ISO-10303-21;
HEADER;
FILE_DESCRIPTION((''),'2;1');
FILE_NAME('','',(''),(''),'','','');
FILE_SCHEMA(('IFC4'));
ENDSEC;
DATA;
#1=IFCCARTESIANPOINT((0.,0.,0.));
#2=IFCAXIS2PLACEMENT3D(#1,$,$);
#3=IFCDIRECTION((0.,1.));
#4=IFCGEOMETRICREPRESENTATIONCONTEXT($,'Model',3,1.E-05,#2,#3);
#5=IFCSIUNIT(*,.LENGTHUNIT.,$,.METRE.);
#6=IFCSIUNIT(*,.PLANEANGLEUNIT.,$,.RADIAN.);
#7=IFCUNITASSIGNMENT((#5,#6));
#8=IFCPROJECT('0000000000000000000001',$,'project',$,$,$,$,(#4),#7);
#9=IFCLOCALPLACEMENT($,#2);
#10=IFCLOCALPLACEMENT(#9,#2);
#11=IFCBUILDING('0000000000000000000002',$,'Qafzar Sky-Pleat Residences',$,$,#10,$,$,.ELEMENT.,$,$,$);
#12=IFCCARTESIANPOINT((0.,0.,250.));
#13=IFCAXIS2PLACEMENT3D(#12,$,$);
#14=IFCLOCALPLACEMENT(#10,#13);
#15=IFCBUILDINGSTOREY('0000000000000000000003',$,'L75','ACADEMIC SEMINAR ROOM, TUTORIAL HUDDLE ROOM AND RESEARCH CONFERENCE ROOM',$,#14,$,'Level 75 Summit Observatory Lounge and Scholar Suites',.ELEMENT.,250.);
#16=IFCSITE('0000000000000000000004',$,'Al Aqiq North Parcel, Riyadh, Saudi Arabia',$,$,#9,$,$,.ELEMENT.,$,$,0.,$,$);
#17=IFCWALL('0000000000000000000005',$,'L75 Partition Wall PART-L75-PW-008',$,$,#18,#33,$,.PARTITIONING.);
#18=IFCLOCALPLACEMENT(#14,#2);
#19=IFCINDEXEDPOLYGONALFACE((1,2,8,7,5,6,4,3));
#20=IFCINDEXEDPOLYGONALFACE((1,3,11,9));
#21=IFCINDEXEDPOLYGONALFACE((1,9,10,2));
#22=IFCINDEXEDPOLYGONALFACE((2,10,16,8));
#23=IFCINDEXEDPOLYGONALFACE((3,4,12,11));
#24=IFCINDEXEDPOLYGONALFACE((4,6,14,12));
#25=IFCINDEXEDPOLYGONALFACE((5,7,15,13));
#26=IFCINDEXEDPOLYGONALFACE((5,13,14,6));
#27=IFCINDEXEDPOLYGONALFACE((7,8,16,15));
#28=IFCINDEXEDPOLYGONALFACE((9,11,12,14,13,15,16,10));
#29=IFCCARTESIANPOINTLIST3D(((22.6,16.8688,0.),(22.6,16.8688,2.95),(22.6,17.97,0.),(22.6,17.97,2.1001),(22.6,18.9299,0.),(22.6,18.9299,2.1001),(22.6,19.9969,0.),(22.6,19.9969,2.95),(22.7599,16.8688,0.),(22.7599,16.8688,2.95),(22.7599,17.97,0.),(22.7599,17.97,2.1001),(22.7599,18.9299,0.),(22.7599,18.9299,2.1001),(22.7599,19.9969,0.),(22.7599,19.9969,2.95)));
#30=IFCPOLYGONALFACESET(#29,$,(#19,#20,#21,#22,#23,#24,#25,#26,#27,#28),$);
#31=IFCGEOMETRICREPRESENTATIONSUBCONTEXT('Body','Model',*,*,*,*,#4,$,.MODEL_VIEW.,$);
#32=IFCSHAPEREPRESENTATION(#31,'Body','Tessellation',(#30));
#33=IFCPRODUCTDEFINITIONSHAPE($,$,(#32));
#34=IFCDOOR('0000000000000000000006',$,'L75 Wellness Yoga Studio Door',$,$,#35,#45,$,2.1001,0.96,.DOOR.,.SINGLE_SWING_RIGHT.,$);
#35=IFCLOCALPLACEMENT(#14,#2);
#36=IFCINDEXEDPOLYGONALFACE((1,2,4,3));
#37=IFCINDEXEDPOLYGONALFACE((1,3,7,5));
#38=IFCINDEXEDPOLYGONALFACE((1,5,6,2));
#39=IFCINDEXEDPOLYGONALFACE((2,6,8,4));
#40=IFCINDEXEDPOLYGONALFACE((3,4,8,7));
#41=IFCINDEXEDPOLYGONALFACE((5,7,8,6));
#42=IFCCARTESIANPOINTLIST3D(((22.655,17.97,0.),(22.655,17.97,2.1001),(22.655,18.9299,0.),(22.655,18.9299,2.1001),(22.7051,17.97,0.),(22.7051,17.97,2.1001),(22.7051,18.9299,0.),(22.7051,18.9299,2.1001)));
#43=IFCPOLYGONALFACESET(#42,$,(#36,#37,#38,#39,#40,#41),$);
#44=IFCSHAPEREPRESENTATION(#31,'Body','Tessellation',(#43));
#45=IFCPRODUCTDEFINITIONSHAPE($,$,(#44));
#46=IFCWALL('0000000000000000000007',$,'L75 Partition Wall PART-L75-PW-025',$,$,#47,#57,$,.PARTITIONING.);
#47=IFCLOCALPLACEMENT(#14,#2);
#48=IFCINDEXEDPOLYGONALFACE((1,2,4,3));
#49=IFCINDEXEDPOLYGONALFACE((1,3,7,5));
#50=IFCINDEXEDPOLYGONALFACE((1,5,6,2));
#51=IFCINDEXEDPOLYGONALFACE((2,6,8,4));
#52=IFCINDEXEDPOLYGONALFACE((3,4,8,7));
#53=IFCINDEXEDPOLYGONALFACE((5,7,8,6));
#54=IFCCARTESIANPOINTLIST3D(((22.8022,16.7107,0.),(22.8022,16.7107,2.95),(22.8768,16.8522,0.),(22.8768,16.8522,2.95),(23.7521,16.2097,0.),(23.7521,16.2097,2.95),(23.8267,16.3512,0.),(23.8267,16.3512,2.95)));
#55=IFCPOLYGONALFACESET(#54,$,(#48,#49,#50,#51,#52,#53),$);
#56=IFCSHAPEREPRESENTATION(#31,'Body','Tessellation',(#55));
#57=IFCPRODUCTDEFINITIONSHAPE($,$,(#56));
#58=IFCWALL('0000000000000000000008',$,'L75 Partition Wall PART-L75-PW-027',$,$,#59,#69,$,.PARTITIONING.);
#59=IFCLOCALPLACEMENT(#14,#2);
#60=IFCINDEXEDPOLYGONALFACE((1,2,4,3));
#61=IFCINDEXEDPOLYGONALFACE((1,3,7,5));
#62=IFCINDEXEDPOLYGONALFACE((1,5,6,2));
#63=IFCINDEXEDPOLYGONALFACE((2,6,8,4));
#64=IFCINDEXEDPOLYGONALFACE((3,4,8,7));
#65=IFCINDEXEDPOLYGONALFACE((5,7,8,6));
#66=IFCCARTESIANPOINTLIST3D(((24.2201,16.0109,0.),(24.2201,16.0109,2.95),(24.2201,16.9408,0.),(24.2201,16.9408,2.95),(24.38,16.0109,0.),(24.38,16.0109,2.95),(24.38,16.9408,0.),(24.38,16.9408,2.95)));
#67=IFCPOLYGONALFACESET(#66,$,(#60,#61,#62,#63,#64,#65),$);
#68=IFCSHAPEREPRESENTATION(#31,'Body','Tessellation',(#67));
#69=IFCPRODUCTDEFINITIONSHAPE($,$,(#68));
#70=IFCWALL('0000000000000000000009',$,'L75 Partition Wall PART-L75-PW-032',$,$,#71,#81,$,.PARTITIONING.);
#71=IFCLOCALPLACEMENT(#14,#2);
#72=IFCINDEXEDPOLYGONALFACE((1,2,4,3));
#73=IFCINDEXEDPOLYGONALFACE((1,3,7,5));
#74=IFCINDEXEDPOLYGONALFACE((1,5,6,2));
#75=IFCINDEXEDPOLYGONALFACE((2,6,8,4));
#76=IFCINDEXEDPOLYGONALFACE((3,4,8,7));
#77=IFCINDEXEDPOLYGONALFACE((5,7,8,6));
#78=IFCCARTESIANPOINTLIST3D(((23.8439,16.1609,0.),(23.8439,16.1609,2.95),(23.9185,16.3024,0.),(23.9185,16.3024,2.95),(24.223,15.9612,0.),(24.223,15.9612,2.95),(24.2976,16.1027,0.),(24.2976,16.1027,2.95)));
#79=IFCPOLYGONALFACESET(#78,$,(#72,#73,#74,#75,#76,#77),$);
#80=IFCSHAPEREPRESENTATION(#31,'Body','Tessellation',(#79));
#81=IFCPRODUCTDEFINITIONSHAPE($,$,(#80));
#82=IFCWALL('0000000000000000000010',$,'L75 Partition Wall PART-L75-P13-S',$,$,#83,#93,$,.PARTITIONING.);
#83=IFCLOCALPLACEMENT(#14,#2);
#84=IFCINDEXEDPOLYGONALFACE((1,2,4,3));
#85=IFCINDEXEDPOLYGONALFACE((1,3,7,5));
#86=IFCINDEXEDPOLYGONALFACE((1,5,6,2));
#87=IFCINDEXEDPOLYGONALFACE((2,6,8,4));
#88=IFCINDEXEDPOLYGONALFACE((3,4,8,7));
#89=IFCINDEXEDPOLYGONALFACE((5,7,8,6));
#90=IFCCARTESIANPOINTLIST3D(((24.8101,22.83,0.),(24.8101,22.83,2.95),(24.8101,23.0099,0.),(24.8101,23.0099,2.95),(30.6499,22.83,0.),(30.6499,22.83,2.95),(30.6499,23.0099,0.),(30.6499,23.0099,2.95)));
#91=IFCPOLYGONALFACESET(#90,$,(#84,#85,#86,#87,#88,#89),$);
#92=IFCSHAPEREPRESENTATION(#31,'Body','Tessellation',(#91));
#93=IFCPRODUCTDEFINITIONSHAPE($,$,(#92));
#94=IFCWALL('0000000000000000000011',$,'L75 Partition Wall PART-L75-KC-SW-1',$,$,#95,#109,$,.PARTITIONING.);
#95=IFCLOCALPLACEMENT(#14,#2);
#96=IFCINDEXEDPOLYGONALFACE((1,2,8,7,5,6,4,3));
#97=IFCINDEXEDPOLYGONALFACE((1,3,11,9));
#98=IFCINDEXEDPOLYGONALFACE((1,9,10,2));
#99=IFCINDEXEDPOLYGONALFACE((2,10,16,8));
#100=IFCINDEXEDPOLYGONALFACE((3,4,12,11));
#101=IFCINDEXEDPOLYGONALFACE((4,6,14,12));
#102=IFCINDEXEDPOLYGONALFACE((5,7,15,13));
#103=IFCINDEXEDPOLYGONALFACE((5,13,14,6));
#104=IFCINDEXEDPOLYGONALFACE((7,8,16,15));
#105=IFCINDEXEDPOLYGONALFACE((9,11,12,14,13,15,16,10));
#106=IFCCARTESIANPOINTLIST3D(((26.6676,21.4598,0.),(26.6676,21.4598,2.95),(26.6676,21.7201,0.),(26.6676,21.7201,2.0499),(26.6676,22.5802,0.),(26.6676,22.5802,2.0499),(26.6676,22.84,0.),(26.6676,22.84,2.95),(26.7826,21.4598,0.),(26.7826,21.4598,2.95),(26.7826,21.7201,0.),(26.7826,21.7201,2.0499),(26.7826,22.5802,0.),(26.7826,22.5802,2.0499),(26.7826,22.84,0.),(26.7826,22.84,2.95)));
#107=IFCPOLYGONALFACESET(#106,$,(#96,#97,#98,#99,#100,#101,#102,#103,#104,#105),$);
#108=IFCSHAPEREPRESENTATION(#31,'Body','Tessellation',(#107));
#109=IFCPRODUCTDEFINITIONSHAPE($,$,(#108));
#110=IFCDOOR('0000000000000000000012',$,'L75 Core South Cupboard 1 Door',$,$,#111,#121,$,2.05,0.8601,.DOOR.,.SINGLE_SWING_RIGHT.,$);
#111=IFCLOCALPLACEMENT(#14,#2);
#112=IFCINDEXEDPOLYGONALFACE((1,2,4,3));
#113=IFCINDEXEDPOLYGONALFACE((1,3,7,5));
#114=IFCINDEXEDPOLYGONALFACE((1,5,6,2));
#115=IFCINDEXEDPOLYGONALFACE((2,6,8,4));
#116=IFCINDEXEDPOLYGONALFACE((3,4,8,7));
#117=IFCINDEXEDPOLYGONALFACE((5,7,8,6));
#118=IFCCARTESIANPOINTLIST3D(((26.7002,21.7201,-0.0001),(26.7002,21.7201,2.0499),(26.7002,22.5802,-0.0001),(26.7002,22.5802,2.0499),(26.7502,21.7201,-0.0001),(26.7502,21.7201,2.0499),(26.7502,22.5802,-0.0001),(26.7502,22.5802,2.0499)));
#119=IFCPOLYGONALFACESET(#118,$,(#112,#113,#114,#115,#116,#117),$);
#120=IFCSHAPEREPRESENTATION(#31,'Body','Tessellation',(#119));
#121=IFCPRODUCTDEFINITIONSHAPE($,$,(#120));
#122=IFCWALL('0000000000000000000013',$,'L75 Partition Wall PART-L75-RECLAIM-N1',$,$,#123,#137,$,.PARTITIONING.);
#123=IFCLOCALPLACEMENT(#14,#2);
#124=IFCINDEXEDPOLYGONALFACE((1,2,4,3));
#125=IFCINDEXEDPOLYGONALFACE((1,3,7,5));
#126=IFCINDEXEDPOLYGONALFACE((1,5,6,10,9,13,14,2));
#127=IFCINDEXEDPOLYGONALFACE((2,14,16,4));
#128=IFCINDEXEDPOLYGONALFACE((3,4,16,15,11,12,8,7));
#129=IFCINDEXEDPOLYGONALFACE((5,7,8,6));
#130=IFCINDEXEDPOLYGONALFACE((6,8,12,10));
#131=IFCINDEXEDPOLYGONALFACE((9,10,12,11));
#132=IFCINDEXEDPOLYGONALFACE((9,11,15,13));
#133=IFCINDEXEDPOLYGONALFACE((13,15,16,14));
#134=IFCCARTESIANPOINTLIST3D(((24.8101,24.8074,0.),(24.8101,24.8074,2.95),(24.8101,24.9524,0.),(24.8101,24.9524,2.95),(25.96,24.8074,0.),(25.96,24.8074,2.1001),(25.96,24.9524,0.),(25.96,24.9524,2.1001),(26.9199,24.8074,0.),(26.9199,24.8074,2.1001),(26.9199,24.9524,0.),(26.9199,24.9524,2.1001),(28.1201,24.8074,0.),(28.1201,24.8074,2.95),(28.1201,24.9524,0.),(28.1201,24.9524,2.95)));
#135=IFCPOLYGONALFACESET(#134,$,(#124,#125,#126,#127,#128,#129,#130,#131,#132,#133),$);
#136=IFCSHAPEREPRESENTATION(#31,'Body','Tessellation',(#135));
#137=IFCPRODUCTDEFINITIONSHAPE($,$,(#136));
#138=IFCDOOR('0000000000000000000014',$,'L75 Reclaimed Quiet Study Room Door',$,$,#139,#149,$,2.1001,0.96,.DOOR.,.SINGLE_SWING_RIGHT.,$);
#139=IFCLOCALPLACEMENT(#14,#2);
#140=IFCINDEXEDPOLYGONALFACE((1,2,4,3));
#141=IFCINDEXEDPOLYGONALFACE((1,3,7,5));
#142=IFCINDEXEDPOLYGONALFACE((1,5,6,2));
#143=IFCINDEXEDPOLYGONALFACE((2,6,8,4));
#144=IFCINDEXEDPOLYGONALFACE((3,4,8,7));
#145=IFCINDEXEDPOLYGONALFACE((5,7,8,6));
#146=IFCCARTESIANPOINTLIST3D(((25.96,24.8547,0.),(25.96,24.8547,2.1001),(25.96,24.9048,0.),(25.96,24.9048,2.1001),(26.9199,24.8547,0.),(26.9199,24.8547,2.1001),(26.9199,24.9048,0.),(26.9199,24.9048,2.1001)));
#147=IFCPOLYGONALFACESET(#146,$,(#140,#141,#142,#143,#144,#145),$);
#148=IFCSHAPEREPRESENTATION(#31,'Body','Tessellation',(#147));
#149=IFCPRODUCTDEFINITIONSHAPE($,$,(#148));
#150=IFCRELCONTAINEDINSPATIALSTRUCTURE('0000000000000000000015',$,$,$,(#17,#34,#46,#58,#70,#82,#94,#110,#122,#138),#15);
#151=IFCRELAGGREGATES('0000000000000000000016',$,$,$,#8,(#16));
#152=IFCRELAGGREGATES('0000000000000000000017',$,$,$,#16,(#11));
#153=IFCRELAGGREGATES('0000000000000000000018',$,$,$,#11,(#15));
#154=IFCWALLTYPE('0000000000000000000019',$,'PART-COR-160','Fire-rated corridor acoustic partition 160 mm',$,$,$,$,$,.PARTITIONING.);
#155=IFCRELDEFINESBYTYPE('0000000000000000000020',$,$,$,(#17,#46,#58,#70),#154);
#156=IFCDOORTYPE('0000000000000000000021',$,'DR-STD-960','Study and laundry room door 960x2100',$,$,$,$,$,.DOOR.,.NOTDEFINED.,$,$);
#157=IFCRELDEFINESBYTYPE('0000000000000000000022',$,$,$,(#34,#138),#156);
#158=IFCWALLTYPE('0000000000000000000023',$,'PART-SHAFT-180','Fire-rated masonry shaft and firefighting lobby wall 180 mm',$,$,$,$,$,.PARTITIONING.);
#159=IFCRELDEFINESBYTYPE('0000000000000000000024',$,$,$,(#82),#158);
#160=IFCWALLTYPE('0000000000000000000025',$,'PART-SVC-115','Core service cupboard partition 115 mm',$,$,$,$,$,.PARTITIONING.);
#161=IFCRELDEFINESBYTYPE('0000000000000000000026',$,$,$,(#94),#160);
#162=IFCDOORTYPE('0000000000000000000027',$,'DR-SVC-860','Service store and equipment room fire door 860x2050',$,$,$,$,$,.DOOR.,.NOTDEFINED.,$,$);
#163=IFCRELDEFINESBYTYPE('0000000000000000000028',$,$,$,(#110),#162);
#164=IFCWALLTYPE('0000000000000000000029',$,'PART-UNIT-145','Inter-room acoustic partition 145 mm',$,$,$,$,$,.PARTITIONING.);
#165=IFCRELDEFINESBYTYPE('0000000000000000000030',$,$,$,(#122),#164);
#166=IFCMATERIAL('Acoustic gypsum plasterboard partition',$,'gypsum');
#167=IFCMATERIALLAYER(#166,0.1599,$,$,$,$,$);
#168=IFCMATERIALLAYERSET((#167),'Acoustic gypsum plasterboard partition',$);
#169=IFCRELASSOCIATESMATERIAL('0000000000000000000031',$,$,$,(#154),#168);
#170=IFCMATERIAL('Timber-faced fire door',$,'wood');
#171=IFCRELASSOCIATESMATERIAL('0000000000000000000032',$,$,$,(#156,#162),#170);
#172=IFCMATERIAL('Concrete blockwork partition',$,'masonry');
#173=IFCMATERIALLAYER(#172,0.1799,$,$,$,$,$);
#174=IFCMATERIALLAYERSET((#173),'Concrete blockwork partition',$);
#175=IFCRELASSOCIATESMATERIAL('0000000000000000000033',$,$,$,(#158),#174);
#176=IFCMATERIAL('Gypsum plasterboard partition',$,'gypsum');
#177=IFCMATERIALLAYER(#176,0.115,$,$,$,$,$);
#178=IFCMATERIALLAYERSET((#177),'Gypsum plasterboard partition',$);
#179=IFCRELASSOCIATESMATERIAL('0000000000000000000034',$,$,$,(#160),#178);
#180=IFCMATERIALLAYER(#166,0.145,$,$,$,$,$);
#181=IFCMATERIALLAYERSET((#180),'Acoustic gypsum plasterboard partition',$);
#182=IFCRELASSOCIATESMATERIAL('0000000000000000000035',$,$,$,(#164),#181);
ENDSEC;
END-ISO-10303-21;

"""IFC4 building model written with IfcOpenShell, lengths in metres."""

from ifc_helpers import new_model, si_unit, direction, frame, frame_2d, origin, place, context, subcontext, project, spatial, rectangle, extrude, source, transform, mapped, material, layer, layer_set, type_object, element, fill, save


model = new_model("IFC4")

# Units and contexts
model_context = context("Model", 3, precision=1e-05, world=origin(), true_north=direction((0.0, 1.0)))
body_context = subcontext(model_context, "Body", "Model", "MODEL_VIEW")
ifc_project = project(units=[si_unit("LENGTHUNIT", "METRE"), si_unit("PLANEANGLEUNIT", "RADIAN")], contexts=[model_context])

# Site, building, storey
site_placement = place(None, origin())
site = spatial("IfcSite", under=ifc_project, at=site_placement, Name="Al Aqiq North Parcel, Riyadh, Saudi Arabia", CompositionType="ELEMENT", RefElevation=0.0)
building_placement = place(site_placement, origin())
building = spatial("IfcBuilding", under=site, at=building_placement, Name="Qafzar Sky-Pleat Residences", CompositionType="ELEMENT")
storey_placement = place(building_placement, frame((0.0, 0.0, 250.0)))
storey = spatial("IfcBuildingStorey", under=building, at=storey_placement, Name="L75", Description="ACADEMIC SEMINAR ROOM, TUTORIAL HUDDLE ROOM AND RESEARCH CONFERENCE ROOM", LongName="Level 75 Summit Observatory Lounge and Scholar Suites", CompositionType="ELEMENT", Elevation=250.0)

# Wall, opening, door
ifc_material_1 = material(Name="Acoustic gypsum plasterboard partition", Category="gypsum")
ifc_layer_1 = layer(ifc_material_1, 0.1599)
ifc_layer_set_1 = layer_set([ifc_layer_1], Name="Acoustic gypsum plasterboard partition")
wall_type_1 = type_object("IfcWallType", Name="PART-COR-160", Description="Fire-rated corridor acoustic partition 160 mm", PredefinedType="PARTITIONING", material=ifc_layer_set_1)
ifc_material_2 = material(Name="Timber-faced fire door", Category="wood")
wall_1_placement = place(storey_placement, frame((22.6799, 16.8689, 0.0), z_axis=(0.0, 0.0, 1.0), x_axis=(0.0, 1.0, 0.0)))
wall_1 = element("IfcWall", 1, at=wall_1_placement, inside=storey, type_object=wall_type_1, Name="L75 Partition Wall PART-L75-PW-008", PredefinedType="PARTITIONING", context=body_context, shape_type="SweptSolid", body=[
    extrude(rectangle(XDim=3.1282, YDim=0.1599, at=frame_2d((1.564, 0.0))), origin(), (0.0, 0.0, 1.0), 2.95),
])
opening_1_placement = place(wall_1_placement, frame((1.1011, 0.0, 0.0)))
opening_1 = element("IfcOpeningElement", 2, at=opening_1_placement, cuts=wall_1, PredefinedType="OPENING", context=body_context, shape_type="SweptSolid", body=[
    extrude(rectangle(XDim=0.96, YDim=2.1001, at=frame_2d((0.48, 1.05))), frame((0.0, 0.0898, 0.0), z_axis=(0.0, -1.0, 0.0), x_axis=(1.0, 0.0, 0.0)), (0.0, 0.0, 1.0), 0.1799),
])
door_type_1 = type_object("IfcDoorType", Name="DR-STD-960", Description="Study and laundry room door 960x2100", OperationType="NOTDEFINED", PredefinedType="DOOR", material=ifc_material_2)
shared_shape_1 = source(origin(), body_context, "Body", "SweptSolid", [
    extrude(rectangle(XDim=0.96, YDim=2.1001, at=frame_2d((0.48, 1.05))), frame((0.0, 0.0249, 0.0), z_axis=(0.0, -1.0, 0.0), x_axis=(1.0, 0.0, 0.0)), (0.0, 0.0, 1.0), 0.05),
])
door_1_placement = place(opening_1_placement, origin())
door_1 = element("IfcDoor", 3, at=door_1_placement, inside=storey, type_object=door_type_1, Name="L75 Wellness Yoga Studio Door", OperationType="SINGLE_SWING_RIGHT", OverallHeight=2.1001, OverallWidth=0.96, PredefinedType="DOOR", context=body_context, shape_type="MappedRepresentation", body=[
    mapped(shared_shape_1, transform((0.0, 0.0, 0.0), x_axis=(1.0, 0.0, 0.0), y_axis=(0.0, 1.0, 0.0), z_axis=(0.0, 0.0, 1.0), scale=1.0)),
])
fill(opening_1, door_1)

# Walls
wall_2_placement = place(storey_placement, frame((22.8394, 16.7815, 0.0), z_axis=(0.0, 0.0, 1.0), x_axis=(0.884533, -0.466477, 0.0)))
element("IfcWall", 4, at=wall_2_placement, inside=storey, type_object=wall_type_1, Name="L75 Partition Wall PART-L75-PW-025", PredefinedType="PARTITIONING", context=body_context, shape_type="SweptSolid", body=[
    extrude(rectangle(XDim=1.074, YDim=0.1599, at=frame_2d((0.5371, 0.0))), origin(), (0.0, 0.0, 1.0), 2.95),
])
wall_3_placement = place(storey_placement, frame((24.3, 16.011, 0.0), z_axis=(0.0, 0.0, 1.0), x_axis=(0.0, 1.0, 0.0)))
element("IfcWall", 5, at=wall_3_placement, inside=storey, type_object=wall_type_1, Name="L75 Partition Wall PART-L75-PW-027", PredefinedType="PARTITIONING", context=body_context, shape_type="SweptSolid", body=[
    extrude(rectangle(XDim=0.9299, YDim=0.1599, at=frame_2d((0.4648, 0.0))), origin(), (0.0, 0.0, 1.0), 2.95),
])
wall_4_placement = place(storey_placement, frame((23.8811, 16.2317, 0.0), z_axis=(0.0, 0.0, 1.0), x_axis=(0.88477, -0.466028, 0.0)))
element("IfcWall", 6, at=wall_4_placement, inside=storey, type_object=wall_type_1, Name="L75 Partition Wall PART-L75-PW-032", PredefinedType="PARTITIONING", context=body_context, shape_type="SweptSolid", body=[
    extrude(rectangle(XDim=0.4285, YDim=0.1599, at=frame_2d((0.2144, 0.0))), origin(), (0.0, 0.0, 1.0), 2.95),
])
ifc_material_3 = material(Name="Concrete blockwork partition", Category="masonry")
ifc_layer_2 = layer(ifc_material_3, 0.1799)
ifc_layer_set_2 = layer_set([ifc_layer_2], Name="Concrete blockwork partition")
wall_type_2 = type_object("IfcWallType", Name="PART-SHAFT-180", Description="Fire-rated masonry shaft and firefighting lobby wall 180 mm", PredefinedType="PARTITIONING", material=ifc_layer_set_2)
wall_5_placement = place(storey_placement, frame((24.8101, 22.9199, 0.0), z_axis=(0.0, 0.0, 1.0), x_axis=(1.0, 0.0, 0.0)))
element("IfcWall", 7, at=wall_5_placement, inside=storey, type_object=wall_type_2, Name="L75 Partition Wall PART-L75-P13-S", PredefinedType="PARTITIONING", context=body_context, shape_type="SweptSolid", body=[
    extrude(rectangle(XDim=5.8398, YDim=0.1799, at=frame_2d((2.9199, 0.0))), origin(), (0.0, 0.0, 1.0), 2.95),
])

# Walls, openings, doors
ifc_material_4 = material(Name="Gypsum plasterboard partition", Category="gypsum")
ifc_layer_3 = layer(ifc_material_4, 0.115)
ifc_layer_set_3 = layer_set([ifc_layer_3], Name="Gypsum plasterboard partition")
wall_type_3 = type_object("IfcWallType", Name="PART-SVC-115", Description="Core service cupboard partition 115 mm", PredefinedType="PARTITIONING", material=ifc_layer_set_3)
wall_6_placement = place(storey_placement, frame((26.7251, 21.46, 0.0), z_axis=(0.0, 0.0, 1.0), x_axis=(0.0, 1.0, 0.0)))
wall_6 = element("IfcWall", 8, at=wall_6_placement, inside=storey, type_object=wall_type_3, Name="L75 Partition Wall PART-L75-KC-SW-1", PredefinedType="PARTITIONING", context=body_context, shape_type="SweptSolid", body=[
    extrude(rectangle(XDim=1.3801, YDim=0.115, at=frame_2d((0.6899, 0.0))), origin(), (0.0, 0.0, 1.0), 2.95),
])
opening_2_placement = place(wall_6_placement, frame((0.26, 0.0, 0.0)))
opening_2 = element("IfcOpeningElement", 9, at=opening_2_placement, cuts=wall_6, PredefinedType="OPENING", context=body_context, shape_type="SweptSolid", body=[
    extrude(rectangle(XDim=0.8601, YDim=2.05, at=frame_2d((0.4302, 1.0249))), frame((0.0, 0.0674, 0.0), z_axis=(0.0, -1.0, 0.0), x_axis=(1.0, 0.0, 0.0)), (0.0, 0.0, 1.0), 0.135),
])
door_type_2 = type_object("IfcDoorType", Name="DR-SVC-860", Description="Service store and equipment room fire door 860x2050", OperationType="NOTDEFINED", PredefinedType="DOOR", material=ifc_material_2)
shared_shape_2 = source(origin(), body_context, "Body", "SweptSolid", [
    extrude(rectangle(XDim=0.8601, YDim=2.05, at=frame_2d((0.4302, 1.0249))), frame((0.0, 0.0249, 0.0), z_axis=(0.0, -1.0, 0.0), x_axis=(1.0, 0.0, 0.0)), (0.0, 0.0, 1.0), 0.05),
])
door_2_placement = place(opening_2_placement, origin())
door_2 = element("IfcDoor", 10, at=door_2_placement, inside=storey, type_object=door_type_2, Name="L75 Core South Cupboard 1 Door", OperationType="SINGLE_SWING_RIGHT", OverallHeight=2.05, OverallWidth=0.8601, PredefinedType="DOOR", context=body_context, shape_type="MappedRepresentation", body=[
    mapped(shared_shape_2, transform((0.0, 0.0, 0.0), x_axis=(1.0, 0.0, 0.0), y_axis=(0.0, 1.0, 0.0), z_axis=(0.0, 0.0, 1.0), scale=1.0)),
])
fill(opening_2, door_2)
ifc_layer_4 = layer(ifc_material_1, 0.145)
ifc_layer_set_4 = layer_set([ifc_layer_4], Name="Acoustic gypsum plasterboard partition")
wall_type_4 = type_object("IfcWallType", Name="PART-UNIT-145", Description="Inter-room acoustic partition 145 mm", PredefinedType="PARTITIONING", material=ifc_layer_set_4)
wall_7_placement = place(storey_placement, frame((24.8101, 24.8799, 0.0), z_axis=(0.0, 0.0, 1.0), x_axis=(1.0, 0.0, 0.0)))
wall_7 = element("IfcWall", 11, at=wall_7_placement, inside=storey, type_object=wall_type_4, Name="L75 Partition Wall PART-L75-RECLAIM-N1", PredefinedType="PARTITIONING", context=body_context, shape_type="SweptSolid", body=[
    extrude(rectangle(XDim=3.3101, YDim=0.145, at=frame_2d((1.655, 0.0))), origin(), (0.0, 0.0, 1.0), 2.95),
])
opening_3_placement = place(wall_7_placement, frame((1.1499, 0.0, 0.0)))
opening_3 = element("IfcOpeningElement", 12, at=opening_3_placement, cuts=wall_7, PredefinedType="OPENING", context=body_context, shape_type="SweptSolid", body=[
    extrude(rectangle(XDim=0.96, YDim=2.1001, at=frame_2d((0.48, 1.05))), frame((0.0, 0.0825, 0.0), z_axis=(0.0, -1.0, 0.0), x_axis=(1.0, 0.0, 0.0)), (0.0, 0.0, 1.0), 0.165),
])
door_3_placement = place(opening_3_placement, origin())
door_3 = element("IfcDoor", 13, at=door_3_placement, inside=storey, type_object=door_type_1, Name="L75 Reclaimed Quiet Study Room Door", OperationType="SINGLE_SWING_RIGHT", OverallHeight=2.1001, OverallWidth=0.96, PredefinedType="DOOR", context=body_context, shape_type="MappedRepresentation", body=[
    mapped(shared_shape_1, transform((0.0, 0.0, 0.0), x_axis=(1.0, 0.0, 0.0), y_axis=(0.0, 1.0, 0.0), z_axis=(0.0, 0.0, 1.0), scale=1.0)),
])
fill(opening_3, door_3)

save(model, "model.ifc")
